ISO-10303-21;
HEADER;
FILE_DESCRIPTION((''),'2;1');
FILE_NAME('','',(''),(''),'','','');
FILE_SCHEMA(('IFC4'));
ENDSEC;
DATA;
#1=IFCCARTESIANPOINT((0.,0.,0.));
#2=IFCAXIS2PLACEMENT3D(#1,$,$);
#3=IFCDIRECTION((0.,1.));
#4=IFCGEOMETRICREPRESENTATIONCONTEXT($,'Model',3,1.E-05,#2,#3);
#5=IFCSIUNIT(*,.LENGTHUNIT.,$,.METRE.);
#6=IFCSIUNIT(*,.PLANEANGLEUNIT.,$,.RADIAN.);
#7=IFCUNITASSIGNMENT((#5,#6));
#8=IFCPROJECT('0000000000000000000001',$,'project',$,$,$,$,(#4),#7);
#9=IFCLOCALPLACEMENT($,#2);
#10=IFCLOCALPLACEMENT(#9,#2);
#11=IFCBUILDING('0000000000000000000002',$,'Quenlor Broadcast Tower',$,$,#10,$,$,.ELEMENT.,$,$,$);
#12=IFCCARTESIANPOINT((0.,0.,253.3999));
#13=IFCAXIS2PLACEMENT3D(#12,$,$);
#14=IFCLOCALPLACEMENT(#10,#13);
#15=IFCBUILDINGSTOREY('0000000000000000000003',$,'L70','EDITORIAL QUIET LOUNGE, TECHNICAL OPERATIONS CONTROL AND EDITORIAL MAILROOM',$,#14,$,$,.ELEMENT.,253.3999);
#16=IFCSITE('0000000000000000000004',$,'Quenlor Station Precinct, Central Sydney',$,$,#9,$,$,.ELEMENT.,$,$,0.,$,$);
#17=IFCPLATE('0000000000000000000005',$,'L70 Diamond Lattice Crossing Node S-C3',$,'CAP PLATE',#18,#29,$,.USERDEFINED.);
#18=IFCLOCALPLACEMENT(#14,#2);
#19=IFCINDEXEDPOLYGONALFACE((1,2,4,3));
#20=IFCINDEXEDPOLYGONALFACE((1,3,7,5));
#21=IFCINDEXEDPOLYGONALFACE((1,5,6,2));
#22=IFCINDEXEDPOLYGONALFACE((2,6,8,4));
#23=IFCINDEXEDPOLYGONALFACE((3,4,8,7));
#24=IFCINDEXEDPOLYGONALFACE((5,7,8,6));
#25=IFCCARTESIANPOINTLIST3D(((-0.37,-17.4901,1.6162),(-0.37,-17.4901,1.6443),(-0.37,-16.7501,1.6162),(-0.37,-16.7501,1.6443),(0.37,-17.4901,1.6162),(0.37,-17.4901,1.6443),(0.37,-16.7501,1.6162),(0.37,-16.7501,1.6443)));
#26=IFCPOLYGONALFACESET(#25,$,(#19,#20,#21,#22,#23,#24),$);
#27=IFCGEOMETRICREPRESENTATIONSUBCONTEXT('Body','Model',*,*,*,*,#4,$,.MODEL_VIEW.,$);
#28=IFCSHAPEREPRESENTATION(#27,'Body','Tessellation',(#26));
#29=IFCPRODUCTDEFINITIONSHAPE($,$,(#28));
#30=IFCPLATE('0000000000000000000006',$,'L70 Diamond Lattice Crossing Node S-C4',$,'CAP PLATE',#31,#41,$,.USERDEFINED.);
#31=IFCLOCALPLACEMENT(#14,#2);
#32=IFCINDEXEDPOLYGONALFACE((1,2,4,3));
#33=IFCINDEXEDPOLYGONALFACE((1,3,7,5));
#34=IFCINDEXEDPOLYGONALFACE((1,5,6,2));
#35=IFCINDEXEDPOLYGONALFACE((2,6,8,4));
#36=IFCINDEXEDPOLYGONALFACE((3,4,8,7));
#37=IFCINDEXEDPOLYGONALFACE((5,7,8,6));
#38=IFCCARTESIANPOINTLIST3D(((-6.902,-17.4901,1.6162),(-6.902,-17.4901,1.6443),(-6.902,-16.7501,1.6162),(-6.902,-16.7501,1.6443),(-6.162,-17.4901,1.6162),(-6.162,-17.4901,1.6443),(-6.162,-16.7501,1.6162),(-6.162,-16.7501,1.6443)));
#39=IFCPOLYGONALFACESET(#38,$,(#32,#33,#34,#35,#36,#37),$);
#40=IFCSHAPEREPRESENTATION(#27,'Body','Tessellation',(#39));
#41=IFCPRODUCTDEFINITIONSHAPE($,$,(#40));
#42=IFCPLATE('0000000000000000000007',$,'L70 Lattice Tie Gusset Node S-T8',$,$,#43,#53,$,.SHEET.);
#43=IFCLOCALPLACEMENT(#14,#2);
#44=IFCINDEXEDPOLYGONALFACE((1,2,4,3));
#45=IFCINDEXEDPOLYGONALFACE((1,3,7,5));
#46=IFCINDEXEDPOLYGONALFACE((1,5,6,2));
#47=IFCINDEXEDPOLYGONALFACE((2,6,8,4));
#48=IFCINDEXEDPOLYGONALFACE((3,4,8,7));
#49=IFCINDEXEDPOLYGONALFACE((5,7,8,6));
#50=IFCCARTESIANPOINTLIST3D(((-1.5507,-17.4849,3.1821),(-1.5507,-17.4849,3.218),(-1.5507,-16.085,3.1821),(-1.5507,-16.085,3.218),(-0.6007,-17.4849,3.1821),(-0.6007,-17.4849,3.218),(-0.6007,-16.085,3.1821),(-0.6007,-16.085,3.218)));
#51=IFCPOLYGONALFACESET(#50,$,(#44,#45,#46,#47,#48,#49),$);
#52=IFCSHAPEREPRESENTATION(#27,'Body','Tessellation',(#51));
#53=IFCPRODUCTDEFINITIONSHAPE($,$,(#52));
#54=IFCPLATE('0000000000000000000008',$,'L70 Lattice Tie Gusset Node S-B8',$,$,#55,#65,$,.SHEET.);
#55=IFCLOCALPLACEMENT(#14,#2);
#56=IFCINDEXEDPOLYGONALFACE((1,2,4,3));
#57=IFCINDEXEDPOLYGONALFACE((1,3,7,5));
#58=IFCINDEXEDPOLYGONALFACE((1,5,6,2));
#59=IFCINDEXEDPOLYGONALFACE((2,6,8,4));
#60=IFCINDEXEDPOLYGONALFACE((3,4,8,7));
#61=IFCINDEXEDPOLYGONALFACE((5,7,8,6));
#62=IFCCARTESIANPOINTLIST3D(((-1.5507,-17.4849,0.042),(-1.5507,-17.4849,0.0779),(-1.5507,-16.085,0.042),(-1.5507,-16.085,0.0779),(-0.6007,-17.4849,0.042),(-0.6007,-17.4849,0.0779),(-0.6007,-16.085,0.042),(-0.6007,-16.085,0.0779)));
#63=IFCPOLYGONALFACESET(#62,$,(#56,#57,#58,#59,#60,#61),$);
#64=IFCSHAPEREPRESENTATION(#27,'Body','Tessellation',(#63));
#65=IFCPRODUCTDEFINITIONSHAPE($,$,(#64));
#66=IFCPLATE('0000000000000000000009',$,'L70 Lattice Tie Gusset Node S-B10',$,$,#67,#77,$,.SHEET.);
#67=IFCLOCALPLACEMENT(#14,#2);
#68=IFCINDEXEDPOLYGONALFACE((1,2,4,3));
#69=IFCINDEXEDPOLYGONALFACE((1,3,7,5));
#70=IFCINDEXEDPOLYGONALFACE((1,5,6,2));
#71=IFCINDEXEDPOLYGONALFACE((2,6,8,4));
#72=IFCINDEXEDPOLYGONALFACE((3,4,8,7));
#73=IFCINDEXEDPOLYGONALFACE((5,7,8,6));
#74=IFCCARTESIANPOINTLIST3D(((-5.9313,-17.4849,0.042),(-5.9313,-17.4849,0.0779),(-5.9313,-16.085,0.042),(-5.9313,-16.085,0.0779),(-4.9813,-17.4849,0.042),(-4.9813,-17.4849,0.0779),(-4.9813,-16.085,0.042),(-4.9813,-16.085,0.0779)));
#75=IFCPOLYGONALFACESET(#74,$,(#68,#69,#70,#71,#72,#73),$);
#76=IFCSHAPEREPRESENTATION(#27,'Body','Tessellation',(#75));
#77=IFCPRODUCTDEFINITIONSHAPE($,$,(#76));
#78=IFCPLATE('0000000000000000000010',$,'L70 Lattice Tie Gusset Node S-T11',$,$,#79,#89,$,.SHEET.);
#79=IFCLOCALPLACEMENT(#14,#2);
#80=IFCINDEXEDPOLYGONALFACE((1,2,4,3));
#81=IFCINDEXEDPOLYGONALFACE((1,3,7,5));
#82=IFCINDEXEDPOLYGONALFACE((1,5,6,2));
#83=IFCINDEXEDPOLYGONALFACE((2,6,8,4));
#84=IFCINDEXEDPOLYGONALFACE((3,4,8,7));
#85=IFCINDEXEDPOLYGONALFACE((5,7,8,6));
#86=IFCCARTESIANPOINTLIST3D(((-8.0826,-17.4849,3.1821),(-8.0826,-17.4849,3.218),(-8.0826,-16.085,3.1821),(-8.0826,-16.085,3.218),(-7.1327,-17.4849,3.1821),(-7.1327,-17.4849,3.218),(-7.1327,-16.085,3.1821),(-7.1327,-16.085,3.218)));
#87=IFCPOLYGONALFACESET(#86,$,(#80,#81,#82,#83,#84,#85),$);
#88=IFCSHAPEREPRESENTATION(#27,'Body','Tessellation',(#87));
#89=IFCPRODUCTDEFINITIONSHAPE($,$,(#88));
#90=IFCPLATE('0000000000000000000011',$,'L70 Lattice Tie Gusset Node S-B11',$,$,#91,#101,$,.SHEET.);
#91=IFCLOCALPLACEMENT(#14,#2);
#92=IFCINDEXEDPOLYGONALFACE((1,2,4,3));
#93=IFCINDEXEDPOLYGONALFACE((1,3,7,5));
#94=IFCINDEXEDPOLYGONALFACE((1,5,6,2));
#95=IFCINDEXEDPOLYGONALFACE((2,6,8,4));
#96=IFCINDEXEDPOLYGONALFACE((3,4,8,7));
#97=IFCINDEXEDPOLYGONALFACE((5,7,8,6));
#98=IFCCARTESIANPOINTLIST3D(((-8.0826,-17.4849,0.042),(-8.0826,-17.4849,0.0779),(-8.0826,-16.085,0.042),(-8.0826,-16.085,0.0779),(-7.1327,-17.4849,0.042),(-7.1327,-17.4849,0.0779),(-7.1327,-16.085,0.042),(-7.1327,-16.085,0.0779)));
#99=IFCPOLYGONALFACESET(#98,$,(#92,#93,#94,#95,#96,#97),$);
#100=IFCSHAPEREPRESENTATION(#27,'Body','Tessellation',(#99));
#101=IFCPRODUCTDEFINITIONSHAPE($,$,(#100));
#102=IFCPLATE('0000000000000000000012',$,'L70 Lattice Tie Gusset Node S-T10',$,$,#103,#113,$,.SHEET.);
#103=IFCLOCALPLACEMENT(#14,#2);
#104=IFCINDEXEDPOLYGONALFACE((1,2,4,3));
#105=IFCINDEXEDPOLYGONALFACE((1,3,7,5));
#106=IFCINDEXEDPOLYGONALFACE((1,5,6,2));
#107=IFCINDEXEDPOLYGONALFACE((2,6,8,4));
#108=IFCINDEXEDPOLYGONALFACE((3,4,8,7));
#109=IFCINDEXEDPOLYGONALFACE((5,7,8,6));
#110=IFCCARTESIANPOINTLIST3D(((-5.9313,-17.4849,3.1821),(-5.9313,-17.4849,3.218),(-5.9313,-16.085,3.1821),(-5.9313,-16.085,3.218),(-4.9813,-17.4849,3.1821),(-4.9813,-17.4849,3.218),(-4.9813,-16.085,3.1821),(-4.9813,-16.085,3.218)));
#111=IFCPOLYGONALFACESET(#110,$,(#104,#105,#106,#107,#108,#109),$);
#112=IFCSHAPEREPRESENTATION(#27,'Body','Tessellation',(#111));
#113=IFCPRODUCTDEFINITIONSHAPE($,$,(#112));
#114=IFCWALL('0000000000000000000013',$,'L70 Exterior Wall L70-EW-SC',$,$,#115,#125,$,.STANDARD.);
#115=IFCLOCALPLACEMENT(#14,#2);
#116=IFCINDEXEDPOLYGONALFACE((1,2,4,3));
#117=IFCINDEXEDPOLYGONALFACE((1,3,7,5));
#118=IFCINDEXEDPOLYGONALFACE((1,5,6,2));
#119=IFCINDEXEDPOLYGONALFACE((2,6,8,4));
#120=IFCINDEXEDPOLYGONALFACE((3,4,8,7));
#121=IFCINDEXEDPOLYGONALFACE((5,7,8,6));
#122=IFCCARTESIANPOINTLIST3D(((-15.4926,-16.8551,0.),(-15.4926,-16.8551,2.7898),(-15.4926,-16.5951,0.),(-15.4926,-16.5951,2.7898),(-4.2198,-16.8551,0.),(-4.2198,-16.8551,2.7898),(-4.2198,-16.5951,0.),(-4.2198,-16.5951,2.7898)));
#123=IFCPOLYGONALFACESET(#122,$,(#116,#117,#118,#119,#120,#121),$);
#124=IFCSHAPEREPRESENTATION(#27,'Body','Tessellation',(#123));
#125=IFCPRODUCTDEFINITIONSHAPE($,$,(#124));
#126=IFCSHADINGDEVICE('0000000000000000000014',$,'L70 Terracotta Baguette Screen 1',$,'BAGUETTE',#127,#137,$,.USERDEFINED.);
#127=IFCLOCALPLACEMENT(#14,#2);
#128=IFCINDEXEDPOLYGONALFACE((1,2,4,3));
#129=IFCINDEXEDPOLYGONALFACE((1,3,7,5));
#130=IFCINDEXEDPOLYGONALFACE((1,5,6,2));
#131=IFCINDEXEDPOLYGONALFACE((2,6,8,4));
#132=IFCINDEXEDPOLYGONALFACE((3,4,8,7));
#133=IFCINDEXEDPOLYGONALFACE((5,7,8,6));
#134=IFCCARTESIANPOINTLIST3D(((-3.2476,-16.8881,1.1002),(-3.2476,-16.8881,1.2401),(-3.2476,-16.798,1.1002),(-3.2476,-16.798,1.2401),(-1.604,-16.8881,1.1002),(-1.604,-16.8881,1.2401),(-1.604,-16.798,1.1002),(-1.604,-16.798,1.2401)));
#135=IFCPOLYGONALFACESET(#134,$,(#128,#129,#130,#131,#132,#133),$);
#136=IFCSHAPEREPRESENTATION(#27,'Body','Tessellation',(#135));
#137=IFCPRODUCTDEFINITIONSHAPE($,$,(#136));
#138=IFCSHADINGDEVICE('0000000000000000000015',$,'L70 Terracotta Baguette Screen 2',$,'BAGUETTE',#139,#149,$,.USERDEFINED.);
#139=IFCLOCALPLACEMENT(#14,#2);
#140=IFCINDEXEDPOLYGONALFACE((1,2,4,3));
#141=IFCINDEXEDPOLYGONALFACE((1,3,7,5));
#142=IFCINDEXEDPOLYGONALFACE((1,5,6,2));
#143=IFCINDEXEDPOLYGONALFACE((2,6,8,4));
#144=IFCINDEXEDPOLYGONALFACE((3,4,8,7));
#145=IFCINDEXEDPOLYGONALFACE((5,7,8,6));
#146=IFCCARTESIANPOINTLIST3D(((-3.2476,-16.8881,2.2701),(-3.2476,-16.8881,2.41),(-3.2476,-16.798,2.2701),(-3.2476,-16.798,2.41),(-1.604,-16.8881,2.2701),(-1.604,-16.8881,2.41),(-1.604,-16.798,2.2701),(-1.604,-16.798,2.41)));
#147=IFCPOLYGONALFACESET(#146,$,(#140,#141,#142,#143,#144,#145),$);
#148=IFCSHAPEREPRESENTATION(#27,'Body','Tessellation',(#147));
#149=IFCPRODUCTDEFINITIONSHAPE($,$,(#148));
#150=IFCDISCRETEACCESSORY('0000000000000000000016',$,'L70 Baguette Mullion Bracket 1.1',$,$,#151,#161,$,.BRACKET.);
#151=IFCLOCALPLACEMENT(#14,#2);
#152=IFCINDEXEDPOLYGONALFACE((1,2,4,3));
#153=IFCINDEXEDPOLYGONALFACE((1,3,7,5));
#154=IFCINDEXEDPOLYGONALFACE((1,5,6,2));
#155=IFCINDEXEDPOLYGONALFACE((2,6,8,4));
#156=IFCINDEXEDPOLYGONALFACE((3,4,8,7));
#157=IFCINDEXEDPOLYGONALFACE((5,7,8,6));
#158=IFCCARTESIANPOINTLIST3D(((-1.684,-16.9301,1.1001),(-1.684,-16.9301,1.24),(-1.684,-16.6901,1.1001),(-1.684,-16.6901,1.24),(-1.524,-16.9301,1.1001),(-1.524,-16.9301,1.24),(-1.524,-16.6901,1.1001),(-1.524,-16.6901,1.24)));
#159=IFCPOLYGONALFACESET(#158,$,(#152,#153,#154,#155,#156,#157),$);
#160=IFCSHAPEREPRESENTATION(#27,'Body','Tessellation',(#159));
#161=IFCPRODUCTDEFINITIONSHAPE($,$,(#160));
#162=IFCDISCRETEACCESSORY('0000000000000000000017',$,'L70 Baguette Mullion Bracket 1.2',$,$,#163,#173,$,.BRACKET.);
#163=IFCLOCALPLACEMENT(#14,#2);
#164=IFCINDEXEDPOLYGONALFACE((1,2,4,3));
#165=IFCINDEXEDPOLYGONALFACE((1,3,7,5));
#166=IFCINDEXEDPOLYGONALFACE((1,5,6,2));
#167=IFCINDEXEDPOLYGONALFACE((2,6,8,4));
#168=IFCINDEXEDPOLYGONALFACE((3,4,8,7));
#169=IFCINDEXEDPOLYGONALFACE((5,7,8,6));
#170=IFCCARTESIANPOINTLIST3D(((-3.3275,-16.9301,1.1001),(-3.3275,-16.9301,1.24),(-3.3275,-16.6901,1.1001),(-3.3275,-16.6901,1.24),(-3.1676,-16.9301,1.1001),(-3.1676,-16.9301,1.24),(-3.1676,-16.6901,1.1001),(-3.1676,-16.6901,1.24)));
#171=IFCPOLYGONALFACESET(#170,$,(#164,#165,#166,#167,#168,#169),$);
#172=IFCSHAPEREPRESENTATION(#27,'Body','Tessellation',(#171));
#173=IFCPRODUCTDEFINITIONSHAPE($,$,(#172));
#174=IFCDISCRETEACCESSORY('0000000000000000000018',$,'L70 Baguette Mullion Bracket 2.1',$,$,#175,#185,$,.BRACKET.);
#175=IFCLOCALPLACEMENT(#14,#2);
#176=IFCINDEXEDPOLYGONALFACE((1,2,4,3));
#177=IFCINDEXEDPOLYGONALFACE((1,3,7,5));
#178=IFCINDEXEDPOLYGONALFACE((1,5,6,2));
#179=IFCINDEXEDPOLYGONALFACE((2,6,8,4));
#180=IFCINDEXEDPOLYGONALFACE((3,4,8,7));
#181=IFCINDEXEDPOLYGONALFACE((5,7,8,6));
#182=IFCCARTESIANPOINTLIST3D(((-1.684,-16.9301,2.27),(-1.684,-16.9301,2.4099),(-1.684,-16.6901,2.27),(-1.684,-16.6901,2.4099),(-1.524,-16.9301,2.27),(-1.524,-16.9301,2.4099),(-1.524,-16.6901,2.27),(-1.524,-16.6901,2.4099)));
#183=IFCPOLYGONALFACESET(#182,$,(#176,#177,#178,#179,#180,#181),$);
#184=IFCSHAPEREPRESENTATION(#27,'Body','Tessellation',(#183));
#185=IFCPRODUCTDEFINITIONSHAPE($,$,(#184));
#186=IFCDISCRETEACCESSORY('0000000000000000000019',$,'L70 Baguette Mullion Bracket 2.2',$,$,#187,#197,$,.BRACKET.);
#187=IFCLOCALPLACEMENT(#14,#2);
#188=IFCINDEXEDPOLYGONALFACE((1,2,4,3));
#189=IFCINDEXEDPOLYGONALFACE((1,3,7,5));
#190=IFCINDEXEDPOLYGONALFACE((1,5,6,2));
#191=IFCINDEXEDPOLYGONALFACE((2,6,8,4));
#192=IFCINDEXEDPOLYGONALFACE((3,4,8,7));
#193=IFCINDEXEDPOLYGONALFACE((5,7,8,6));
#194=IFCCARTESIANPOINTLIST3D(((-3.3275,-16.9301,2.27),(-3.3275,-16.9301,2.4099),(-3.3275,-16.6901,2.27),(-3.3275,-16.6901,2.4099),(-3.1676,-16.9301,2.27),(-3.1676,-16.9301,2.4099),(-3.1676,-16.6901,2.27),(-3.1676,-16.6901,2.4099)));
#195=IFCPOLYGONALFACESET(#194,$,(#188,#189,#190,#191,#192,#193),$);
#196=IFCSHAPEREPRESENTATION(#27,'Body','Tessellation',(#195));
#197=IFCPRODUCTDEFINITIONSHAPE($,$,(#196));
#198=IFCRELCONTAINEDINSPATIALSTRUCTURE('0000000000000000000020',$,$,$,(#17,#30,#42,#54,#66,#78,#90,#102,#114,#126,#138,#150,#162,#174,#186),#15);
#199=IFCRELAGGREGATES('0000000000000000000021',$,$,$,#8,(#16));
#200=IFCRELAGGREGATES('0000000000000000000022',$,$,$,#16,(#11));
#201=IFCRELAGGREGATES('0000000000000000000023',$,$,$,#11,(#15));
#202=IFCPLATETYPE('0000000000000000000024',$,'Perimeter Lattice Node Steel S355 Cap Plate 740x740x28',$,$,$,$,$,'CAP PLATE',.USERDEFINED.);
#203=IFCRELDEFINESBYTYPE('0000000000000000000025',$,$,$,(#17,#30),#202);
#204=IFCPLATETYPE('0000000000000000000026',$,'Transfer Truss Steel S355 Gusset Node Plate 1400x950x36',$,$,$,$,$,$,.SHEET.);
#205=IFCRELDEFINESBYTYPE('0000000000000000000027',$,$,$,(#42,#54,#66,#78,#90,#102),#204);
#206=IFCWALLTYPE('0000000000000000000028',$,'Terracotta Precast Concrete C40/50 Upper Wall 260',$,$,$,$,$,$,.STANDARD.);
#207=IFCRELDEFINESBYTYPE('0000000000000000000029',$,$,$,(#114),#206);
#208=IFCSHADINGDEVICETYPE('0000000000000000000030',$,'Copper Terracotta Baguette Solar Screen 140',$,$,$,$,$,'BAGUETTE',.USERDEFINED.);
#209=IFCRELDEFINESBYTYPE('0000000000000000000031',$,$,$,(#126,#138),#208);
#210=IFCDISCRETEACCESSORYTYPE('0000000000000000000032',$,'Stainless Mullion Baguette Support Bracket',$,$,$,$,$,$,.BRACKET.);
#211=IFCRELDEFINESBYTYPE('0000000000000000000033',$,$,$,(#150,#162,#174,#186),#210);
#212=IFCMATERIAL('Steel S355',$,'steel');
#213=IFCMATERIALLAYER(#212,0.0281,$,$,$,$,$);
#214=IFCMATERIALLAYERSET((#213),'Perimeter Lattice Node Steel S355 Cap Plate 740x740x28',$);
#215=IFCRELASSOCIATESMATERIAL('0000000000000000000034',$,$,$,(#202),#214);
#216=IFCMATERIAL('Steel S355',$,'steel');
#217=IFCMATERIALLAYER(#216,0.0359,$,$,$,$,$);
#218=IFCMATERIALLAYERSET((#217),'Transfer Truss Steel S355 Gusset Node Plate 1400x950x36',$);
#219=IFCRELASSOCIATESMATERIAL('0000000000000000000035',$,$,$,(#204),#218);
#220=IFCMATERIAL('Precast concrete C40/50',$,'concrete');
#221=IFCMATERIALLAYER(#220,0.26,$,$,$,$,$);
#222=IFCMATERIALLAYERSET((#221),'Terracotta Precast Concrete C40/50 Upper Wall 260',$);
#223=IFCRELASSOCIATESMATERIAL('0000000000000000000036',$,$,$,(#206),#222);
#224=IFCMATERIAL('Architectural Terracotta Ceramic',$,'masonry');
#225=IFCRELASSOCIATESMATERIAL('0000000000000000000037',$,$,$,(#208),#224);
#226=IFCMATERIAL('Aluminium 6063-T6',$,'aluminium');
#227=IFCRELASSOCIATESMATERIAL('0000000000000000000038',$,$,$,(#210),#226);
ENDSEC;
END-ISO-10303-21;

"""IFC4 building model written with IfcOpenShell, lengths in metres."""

from ifc_helpers import new_model, si_unit, direction, frame, frame_2d, origin, origin_2d, place, context, subcontext, project, spatial, rectangle, extrude, material, layer, layer_set, material_profile, profile_set, type_object, element, save


model = new_model("IFC4")

# Units and contexts
model_context = context("Model", 3, precision=1e-05, world=origin(), true_north=direction((0.0, 1.0)))
body_context = subcontext(model_context, "Body", "Model", "MODEL_VIEW")
ifc_project = project(units=[si_unit("LENGTHUNIT", "METRE"), si_unit("PLANEANGLEUNIT", "RADIAN")], contexts=[model_context])

# Site, building, storey
site_placement = place(None, origin())
site = spatial("IfcSite", under=ifc_project, at=site_placement, Name="Quenlor Station Precinct, Central Sydney", CompositionType="ELEMENT", RefElevation=0.0)
building_placement = place(site_placement, origin())
building = spatial("IfcBuilding", under=site, at=building_placement, Name="Quenlor Broadcast Tower", CompositionType="ELEMENT")
storey_placement = place(building_placement, frame((0.0, 0.0, 253.3999)))
storey = spatial("IfcBuildingStorey", under=building, at=storey_placement, Name="L70", Description="EDITORIAL QUIET LOUNGE, TECHNICAL OPERATIONS CONTROL AND EDITORIAL MAILROOM", CompositionType="ELEMENT", Elevation=253.3999)

# Plates
ifc_material_1 = material(Name="Steel S355", Category="steel")
ifc_layer_1 = layer(ifc_material_1, 0.0281)
ifc_layer_set_1 = layer_set([ifc_layer_1], Name="Perimeter Lattice Node Steel S355 Cap Plate 740x740x28")
plate_type_1 = type_object("IfcPlateType", Name="Perimeter Lattice Node Steel S355 Cap Plate 740x740x28", ElementType="CAP PLATE", PredefinedType="USERDEFINED", material=ifc_layer_set_1)
for number, where, z_axis, x_axis, name in (
    (1, (0.0, -17.1201, 1.6162), (0.0, 0.0, 1.0), (-1.0, 0.0, 0.0), "L70 Diamond Lattice Crossing Node S-C3"),
    (2, (-6.532, -17.1201, 1.6162), (0.0, 0.0, 1.0), (-1.0, 0.0, 0.0), "L70 Diamond Lattice Crossing Node S-C4"),
):
    element("IfcPlate", number, at=place(storey_placement, frame(where, z_axis=z_axis, x_axis=x_axis)), inside=storey, type_object=plate_type_1, Name=name, ObjectType="CAP PLATE", PredefinedType="USERDEFINED", context=body_context, shape_type="SweptSolid", body=[
        extrude(rectangle(XDim=0.74, YDim=0.74, at=origin_2d()), origin(), (0.0, 0.0, 1.0), 0.0281),
    ])
ifc_material_2 = material(Name="Steel S355", Category="steel")
ifc_layer_2 = layer(ifc_material_2, 0.0359)
ifc_layer_set_2 = layer_set([ifc_layer_2], Name="Transfer Truss Steel S355 Gusset Node Plate 1400x950x36")
plate_type_2 = type_object("IfcPlateType", Name="Transfer Truss Steel S355 Gusset Node Plate 1400x950x36", PredefinedType="SHEET", material=ifc_layer_set_2)
for number, where, z_axis, x_axis, name in (
    (3, (-1.0757, -16.7849, 3.1821), (0.0, 0.0, 1.0), (0.0, -1.0, 0.0), "L70 Lattice Tie Gusset Node S-T8"),
    (4, (-1.0757, -16.7849, 0.042), (0.0, 0.0, 1.0), (0.0, -1.0, 0.0), "L70 Lattice Tie Gusset Node S-B8"),
    (5, (-5.4563, -16.7849, 0.042), (0.0, 0.0, 1.0), (0.0, -1.0, 0.0), "L70 Lattice Tie Gusset Node S-B10"),
    (6, (-7.6077, -16.7849, 3.1821), (0.0, 0.0, 1.0), (0.0, -1.0, 0.0), "L70 Lattice Tie Gusset Node S-T11"),
    (7, (-7.6077, -16.7849, 0.042), (0.0, 0.0, 1.0), (0.0, -1.0, 0.0), "L70 Lattice Tie Gusset Node S-B11"),
    (8, (-5.4563, -16.7849, 3.1821), (0.0, 0.0, 1.0), (0.0, -1.0, 0.0), "L70 Lattice Tie Gusset Node S-T10"),
):
    element("IfcPlate", number, at=place(storey_placement, frame(where, z_axis=z_axis, x_axis=x_axis)), inside=storey, type_object=plate_type_2, Name=name, PredefinedType="SHEET", context=body_context, shape_type="SweptSolid", body=[
        extrude(rectangle(XDim=1.3999, YDim=0.95, at=origin_2d()), origin(), (0.0, 0.0, 1.0), 0.0359),
    ])

# Wall
ifc_material_3 = material(Name="Precast concrete C40/50", Category="concrete")
ifc_layer_3 = layer(ifc_material_3, 0.26)
ifc_layer_set_3 = layer_set([ifc_layer_3], Name="Terracotta Precast Concrete C40/50 Upper Wall 260")
wall_type = type_object("IfcWallType", Name="Terracotta Precast Concrete C40/50 Upper Wall 260", PredefinedType="STANDARD", material=ifc_layer_set_3)
wall_placement = place(storey_placement, frame((-4.22, -16.7251, 0.0), z_axis=(0.0, 0.0, 1.0), x_axis=(-1.0, 0.0, 0.0)))
element("IfcWall", 9, at=wall_placement, inside=storey, type_object=wall_type, Name="L70 Exterior Wall L70-EW-SC", PredefinedType="STANDARD", context=body_context, shape_type="SweptSolid", body=[
    extrude(rectangle(XDim=11.2727, YDim=0.26, at=frame_2d((5.6362, 0.0))), origin(), (0.0, 0.0, 1.0), 2.7898),
])

# Shading devices
ifc_material_4 = material(Name="Architectural Terracotta Ceramic", Category="masonry")
ifc_material_profile_1 = material_profile(ifc_material_4, rectangle(XDim=0.0901, YDim=0.1399, at=origin_2d()))
ifc_profile_set_1 = profile_set([ifc_material_profile_1], Name="Architectural Terracotta Ceramic BAG90x140")
shading_device_type = type_object("IfcShadingDeviceType", Name="Copper Terracotta Baguette Solar Screen 140", ElementType="BAGUETTE", PredefinedType="USERDEFINED", material=ifc_profile_set_1)
for number, where, z_axis, x_axis, name in (
    (10, (-1.604, -16.843, 1.1702), (-1.0, 0.0, 0.0), (0.0, -1.0, 0.0), "L70 Terracotta Baguette Screen 1"),
    (11, (-1.604, -16.843, 2.3401), (-1.0, 0.0, 0.0), (0.0, -1.0, 0.0), "L70 Terracotta Baguette Screen 2"),
):
    element("IfcShadingDevice", number, at=place(storey_placement, frame(where, z_axis=z_axis, x_axis=x_axis)), inside=storey, type_object=shading_device_type, Name=name, ObjectType="BAGUETTE", PredefinedType="USERDEFINED", context=body_context, shape_type="SweptSolid", body=[
        extrude(rectangle(XDim=0.0901, YDim=0.1399, at=origin_2d()), origin(), (0.0, 0.0, 1.0), 1.6436),
    ])

# Discrete accessories
ifc_material_5 = material(Name="Aluminium 6063-T6", Category="aluminium")
discrete_accessory_type = type_object("IfcDiscreteAccessoryType", Name="Stainless Mullion Baguette Support Bracket", PredefinedType="BRACKET", material=ifc_material_5)
for number, where, z_axis, x_axis, name in (
    (12, (-1.604, -16.8101, 1.1001), (0.0, 0.0, 1.0), (-1.0, 0.0, 0.0), "L70 Baguette Mullion Bracket 1.1"),
    (13, (-3.2476, -16.8101, 1.1001), (0.0, 0.0, 1.0), (-1.0, 0.0, 0.0), "L70 Baguette Mullion Bracket 1.2"),
    (14, (-1.604, -16.8101, 2.27), (0.0, 0.0, 1.0), (-1.0, 0.0, 0.0), "L70 Baguette Mullion Bracket 2.1"),
    (15, (-3.2476, -16.8101, 2.27), (0.0, 0.0, 1.0), (-1.0, 0.0, 0.0), "L70 Baguette Mullion Bracket 2.2"),
):
    element("IfcDiscreteAccessory", number, at=place(storey_placement, frame(where, z_axis=z_axis, x_axis=x_axis)), inside=storey, type_object=discrete_accessory_type, Name=name, PredefinedType="BRACKET", context=body_context, shape_type="SweptSolid", body=[
        extrude(rectangle(XDim=0.1599, YDim=0.24, at=origin_2d()), origin(), (0.0, 0.0, 1.0), 0.1399),
    ])

save(model, "model.ifc")
